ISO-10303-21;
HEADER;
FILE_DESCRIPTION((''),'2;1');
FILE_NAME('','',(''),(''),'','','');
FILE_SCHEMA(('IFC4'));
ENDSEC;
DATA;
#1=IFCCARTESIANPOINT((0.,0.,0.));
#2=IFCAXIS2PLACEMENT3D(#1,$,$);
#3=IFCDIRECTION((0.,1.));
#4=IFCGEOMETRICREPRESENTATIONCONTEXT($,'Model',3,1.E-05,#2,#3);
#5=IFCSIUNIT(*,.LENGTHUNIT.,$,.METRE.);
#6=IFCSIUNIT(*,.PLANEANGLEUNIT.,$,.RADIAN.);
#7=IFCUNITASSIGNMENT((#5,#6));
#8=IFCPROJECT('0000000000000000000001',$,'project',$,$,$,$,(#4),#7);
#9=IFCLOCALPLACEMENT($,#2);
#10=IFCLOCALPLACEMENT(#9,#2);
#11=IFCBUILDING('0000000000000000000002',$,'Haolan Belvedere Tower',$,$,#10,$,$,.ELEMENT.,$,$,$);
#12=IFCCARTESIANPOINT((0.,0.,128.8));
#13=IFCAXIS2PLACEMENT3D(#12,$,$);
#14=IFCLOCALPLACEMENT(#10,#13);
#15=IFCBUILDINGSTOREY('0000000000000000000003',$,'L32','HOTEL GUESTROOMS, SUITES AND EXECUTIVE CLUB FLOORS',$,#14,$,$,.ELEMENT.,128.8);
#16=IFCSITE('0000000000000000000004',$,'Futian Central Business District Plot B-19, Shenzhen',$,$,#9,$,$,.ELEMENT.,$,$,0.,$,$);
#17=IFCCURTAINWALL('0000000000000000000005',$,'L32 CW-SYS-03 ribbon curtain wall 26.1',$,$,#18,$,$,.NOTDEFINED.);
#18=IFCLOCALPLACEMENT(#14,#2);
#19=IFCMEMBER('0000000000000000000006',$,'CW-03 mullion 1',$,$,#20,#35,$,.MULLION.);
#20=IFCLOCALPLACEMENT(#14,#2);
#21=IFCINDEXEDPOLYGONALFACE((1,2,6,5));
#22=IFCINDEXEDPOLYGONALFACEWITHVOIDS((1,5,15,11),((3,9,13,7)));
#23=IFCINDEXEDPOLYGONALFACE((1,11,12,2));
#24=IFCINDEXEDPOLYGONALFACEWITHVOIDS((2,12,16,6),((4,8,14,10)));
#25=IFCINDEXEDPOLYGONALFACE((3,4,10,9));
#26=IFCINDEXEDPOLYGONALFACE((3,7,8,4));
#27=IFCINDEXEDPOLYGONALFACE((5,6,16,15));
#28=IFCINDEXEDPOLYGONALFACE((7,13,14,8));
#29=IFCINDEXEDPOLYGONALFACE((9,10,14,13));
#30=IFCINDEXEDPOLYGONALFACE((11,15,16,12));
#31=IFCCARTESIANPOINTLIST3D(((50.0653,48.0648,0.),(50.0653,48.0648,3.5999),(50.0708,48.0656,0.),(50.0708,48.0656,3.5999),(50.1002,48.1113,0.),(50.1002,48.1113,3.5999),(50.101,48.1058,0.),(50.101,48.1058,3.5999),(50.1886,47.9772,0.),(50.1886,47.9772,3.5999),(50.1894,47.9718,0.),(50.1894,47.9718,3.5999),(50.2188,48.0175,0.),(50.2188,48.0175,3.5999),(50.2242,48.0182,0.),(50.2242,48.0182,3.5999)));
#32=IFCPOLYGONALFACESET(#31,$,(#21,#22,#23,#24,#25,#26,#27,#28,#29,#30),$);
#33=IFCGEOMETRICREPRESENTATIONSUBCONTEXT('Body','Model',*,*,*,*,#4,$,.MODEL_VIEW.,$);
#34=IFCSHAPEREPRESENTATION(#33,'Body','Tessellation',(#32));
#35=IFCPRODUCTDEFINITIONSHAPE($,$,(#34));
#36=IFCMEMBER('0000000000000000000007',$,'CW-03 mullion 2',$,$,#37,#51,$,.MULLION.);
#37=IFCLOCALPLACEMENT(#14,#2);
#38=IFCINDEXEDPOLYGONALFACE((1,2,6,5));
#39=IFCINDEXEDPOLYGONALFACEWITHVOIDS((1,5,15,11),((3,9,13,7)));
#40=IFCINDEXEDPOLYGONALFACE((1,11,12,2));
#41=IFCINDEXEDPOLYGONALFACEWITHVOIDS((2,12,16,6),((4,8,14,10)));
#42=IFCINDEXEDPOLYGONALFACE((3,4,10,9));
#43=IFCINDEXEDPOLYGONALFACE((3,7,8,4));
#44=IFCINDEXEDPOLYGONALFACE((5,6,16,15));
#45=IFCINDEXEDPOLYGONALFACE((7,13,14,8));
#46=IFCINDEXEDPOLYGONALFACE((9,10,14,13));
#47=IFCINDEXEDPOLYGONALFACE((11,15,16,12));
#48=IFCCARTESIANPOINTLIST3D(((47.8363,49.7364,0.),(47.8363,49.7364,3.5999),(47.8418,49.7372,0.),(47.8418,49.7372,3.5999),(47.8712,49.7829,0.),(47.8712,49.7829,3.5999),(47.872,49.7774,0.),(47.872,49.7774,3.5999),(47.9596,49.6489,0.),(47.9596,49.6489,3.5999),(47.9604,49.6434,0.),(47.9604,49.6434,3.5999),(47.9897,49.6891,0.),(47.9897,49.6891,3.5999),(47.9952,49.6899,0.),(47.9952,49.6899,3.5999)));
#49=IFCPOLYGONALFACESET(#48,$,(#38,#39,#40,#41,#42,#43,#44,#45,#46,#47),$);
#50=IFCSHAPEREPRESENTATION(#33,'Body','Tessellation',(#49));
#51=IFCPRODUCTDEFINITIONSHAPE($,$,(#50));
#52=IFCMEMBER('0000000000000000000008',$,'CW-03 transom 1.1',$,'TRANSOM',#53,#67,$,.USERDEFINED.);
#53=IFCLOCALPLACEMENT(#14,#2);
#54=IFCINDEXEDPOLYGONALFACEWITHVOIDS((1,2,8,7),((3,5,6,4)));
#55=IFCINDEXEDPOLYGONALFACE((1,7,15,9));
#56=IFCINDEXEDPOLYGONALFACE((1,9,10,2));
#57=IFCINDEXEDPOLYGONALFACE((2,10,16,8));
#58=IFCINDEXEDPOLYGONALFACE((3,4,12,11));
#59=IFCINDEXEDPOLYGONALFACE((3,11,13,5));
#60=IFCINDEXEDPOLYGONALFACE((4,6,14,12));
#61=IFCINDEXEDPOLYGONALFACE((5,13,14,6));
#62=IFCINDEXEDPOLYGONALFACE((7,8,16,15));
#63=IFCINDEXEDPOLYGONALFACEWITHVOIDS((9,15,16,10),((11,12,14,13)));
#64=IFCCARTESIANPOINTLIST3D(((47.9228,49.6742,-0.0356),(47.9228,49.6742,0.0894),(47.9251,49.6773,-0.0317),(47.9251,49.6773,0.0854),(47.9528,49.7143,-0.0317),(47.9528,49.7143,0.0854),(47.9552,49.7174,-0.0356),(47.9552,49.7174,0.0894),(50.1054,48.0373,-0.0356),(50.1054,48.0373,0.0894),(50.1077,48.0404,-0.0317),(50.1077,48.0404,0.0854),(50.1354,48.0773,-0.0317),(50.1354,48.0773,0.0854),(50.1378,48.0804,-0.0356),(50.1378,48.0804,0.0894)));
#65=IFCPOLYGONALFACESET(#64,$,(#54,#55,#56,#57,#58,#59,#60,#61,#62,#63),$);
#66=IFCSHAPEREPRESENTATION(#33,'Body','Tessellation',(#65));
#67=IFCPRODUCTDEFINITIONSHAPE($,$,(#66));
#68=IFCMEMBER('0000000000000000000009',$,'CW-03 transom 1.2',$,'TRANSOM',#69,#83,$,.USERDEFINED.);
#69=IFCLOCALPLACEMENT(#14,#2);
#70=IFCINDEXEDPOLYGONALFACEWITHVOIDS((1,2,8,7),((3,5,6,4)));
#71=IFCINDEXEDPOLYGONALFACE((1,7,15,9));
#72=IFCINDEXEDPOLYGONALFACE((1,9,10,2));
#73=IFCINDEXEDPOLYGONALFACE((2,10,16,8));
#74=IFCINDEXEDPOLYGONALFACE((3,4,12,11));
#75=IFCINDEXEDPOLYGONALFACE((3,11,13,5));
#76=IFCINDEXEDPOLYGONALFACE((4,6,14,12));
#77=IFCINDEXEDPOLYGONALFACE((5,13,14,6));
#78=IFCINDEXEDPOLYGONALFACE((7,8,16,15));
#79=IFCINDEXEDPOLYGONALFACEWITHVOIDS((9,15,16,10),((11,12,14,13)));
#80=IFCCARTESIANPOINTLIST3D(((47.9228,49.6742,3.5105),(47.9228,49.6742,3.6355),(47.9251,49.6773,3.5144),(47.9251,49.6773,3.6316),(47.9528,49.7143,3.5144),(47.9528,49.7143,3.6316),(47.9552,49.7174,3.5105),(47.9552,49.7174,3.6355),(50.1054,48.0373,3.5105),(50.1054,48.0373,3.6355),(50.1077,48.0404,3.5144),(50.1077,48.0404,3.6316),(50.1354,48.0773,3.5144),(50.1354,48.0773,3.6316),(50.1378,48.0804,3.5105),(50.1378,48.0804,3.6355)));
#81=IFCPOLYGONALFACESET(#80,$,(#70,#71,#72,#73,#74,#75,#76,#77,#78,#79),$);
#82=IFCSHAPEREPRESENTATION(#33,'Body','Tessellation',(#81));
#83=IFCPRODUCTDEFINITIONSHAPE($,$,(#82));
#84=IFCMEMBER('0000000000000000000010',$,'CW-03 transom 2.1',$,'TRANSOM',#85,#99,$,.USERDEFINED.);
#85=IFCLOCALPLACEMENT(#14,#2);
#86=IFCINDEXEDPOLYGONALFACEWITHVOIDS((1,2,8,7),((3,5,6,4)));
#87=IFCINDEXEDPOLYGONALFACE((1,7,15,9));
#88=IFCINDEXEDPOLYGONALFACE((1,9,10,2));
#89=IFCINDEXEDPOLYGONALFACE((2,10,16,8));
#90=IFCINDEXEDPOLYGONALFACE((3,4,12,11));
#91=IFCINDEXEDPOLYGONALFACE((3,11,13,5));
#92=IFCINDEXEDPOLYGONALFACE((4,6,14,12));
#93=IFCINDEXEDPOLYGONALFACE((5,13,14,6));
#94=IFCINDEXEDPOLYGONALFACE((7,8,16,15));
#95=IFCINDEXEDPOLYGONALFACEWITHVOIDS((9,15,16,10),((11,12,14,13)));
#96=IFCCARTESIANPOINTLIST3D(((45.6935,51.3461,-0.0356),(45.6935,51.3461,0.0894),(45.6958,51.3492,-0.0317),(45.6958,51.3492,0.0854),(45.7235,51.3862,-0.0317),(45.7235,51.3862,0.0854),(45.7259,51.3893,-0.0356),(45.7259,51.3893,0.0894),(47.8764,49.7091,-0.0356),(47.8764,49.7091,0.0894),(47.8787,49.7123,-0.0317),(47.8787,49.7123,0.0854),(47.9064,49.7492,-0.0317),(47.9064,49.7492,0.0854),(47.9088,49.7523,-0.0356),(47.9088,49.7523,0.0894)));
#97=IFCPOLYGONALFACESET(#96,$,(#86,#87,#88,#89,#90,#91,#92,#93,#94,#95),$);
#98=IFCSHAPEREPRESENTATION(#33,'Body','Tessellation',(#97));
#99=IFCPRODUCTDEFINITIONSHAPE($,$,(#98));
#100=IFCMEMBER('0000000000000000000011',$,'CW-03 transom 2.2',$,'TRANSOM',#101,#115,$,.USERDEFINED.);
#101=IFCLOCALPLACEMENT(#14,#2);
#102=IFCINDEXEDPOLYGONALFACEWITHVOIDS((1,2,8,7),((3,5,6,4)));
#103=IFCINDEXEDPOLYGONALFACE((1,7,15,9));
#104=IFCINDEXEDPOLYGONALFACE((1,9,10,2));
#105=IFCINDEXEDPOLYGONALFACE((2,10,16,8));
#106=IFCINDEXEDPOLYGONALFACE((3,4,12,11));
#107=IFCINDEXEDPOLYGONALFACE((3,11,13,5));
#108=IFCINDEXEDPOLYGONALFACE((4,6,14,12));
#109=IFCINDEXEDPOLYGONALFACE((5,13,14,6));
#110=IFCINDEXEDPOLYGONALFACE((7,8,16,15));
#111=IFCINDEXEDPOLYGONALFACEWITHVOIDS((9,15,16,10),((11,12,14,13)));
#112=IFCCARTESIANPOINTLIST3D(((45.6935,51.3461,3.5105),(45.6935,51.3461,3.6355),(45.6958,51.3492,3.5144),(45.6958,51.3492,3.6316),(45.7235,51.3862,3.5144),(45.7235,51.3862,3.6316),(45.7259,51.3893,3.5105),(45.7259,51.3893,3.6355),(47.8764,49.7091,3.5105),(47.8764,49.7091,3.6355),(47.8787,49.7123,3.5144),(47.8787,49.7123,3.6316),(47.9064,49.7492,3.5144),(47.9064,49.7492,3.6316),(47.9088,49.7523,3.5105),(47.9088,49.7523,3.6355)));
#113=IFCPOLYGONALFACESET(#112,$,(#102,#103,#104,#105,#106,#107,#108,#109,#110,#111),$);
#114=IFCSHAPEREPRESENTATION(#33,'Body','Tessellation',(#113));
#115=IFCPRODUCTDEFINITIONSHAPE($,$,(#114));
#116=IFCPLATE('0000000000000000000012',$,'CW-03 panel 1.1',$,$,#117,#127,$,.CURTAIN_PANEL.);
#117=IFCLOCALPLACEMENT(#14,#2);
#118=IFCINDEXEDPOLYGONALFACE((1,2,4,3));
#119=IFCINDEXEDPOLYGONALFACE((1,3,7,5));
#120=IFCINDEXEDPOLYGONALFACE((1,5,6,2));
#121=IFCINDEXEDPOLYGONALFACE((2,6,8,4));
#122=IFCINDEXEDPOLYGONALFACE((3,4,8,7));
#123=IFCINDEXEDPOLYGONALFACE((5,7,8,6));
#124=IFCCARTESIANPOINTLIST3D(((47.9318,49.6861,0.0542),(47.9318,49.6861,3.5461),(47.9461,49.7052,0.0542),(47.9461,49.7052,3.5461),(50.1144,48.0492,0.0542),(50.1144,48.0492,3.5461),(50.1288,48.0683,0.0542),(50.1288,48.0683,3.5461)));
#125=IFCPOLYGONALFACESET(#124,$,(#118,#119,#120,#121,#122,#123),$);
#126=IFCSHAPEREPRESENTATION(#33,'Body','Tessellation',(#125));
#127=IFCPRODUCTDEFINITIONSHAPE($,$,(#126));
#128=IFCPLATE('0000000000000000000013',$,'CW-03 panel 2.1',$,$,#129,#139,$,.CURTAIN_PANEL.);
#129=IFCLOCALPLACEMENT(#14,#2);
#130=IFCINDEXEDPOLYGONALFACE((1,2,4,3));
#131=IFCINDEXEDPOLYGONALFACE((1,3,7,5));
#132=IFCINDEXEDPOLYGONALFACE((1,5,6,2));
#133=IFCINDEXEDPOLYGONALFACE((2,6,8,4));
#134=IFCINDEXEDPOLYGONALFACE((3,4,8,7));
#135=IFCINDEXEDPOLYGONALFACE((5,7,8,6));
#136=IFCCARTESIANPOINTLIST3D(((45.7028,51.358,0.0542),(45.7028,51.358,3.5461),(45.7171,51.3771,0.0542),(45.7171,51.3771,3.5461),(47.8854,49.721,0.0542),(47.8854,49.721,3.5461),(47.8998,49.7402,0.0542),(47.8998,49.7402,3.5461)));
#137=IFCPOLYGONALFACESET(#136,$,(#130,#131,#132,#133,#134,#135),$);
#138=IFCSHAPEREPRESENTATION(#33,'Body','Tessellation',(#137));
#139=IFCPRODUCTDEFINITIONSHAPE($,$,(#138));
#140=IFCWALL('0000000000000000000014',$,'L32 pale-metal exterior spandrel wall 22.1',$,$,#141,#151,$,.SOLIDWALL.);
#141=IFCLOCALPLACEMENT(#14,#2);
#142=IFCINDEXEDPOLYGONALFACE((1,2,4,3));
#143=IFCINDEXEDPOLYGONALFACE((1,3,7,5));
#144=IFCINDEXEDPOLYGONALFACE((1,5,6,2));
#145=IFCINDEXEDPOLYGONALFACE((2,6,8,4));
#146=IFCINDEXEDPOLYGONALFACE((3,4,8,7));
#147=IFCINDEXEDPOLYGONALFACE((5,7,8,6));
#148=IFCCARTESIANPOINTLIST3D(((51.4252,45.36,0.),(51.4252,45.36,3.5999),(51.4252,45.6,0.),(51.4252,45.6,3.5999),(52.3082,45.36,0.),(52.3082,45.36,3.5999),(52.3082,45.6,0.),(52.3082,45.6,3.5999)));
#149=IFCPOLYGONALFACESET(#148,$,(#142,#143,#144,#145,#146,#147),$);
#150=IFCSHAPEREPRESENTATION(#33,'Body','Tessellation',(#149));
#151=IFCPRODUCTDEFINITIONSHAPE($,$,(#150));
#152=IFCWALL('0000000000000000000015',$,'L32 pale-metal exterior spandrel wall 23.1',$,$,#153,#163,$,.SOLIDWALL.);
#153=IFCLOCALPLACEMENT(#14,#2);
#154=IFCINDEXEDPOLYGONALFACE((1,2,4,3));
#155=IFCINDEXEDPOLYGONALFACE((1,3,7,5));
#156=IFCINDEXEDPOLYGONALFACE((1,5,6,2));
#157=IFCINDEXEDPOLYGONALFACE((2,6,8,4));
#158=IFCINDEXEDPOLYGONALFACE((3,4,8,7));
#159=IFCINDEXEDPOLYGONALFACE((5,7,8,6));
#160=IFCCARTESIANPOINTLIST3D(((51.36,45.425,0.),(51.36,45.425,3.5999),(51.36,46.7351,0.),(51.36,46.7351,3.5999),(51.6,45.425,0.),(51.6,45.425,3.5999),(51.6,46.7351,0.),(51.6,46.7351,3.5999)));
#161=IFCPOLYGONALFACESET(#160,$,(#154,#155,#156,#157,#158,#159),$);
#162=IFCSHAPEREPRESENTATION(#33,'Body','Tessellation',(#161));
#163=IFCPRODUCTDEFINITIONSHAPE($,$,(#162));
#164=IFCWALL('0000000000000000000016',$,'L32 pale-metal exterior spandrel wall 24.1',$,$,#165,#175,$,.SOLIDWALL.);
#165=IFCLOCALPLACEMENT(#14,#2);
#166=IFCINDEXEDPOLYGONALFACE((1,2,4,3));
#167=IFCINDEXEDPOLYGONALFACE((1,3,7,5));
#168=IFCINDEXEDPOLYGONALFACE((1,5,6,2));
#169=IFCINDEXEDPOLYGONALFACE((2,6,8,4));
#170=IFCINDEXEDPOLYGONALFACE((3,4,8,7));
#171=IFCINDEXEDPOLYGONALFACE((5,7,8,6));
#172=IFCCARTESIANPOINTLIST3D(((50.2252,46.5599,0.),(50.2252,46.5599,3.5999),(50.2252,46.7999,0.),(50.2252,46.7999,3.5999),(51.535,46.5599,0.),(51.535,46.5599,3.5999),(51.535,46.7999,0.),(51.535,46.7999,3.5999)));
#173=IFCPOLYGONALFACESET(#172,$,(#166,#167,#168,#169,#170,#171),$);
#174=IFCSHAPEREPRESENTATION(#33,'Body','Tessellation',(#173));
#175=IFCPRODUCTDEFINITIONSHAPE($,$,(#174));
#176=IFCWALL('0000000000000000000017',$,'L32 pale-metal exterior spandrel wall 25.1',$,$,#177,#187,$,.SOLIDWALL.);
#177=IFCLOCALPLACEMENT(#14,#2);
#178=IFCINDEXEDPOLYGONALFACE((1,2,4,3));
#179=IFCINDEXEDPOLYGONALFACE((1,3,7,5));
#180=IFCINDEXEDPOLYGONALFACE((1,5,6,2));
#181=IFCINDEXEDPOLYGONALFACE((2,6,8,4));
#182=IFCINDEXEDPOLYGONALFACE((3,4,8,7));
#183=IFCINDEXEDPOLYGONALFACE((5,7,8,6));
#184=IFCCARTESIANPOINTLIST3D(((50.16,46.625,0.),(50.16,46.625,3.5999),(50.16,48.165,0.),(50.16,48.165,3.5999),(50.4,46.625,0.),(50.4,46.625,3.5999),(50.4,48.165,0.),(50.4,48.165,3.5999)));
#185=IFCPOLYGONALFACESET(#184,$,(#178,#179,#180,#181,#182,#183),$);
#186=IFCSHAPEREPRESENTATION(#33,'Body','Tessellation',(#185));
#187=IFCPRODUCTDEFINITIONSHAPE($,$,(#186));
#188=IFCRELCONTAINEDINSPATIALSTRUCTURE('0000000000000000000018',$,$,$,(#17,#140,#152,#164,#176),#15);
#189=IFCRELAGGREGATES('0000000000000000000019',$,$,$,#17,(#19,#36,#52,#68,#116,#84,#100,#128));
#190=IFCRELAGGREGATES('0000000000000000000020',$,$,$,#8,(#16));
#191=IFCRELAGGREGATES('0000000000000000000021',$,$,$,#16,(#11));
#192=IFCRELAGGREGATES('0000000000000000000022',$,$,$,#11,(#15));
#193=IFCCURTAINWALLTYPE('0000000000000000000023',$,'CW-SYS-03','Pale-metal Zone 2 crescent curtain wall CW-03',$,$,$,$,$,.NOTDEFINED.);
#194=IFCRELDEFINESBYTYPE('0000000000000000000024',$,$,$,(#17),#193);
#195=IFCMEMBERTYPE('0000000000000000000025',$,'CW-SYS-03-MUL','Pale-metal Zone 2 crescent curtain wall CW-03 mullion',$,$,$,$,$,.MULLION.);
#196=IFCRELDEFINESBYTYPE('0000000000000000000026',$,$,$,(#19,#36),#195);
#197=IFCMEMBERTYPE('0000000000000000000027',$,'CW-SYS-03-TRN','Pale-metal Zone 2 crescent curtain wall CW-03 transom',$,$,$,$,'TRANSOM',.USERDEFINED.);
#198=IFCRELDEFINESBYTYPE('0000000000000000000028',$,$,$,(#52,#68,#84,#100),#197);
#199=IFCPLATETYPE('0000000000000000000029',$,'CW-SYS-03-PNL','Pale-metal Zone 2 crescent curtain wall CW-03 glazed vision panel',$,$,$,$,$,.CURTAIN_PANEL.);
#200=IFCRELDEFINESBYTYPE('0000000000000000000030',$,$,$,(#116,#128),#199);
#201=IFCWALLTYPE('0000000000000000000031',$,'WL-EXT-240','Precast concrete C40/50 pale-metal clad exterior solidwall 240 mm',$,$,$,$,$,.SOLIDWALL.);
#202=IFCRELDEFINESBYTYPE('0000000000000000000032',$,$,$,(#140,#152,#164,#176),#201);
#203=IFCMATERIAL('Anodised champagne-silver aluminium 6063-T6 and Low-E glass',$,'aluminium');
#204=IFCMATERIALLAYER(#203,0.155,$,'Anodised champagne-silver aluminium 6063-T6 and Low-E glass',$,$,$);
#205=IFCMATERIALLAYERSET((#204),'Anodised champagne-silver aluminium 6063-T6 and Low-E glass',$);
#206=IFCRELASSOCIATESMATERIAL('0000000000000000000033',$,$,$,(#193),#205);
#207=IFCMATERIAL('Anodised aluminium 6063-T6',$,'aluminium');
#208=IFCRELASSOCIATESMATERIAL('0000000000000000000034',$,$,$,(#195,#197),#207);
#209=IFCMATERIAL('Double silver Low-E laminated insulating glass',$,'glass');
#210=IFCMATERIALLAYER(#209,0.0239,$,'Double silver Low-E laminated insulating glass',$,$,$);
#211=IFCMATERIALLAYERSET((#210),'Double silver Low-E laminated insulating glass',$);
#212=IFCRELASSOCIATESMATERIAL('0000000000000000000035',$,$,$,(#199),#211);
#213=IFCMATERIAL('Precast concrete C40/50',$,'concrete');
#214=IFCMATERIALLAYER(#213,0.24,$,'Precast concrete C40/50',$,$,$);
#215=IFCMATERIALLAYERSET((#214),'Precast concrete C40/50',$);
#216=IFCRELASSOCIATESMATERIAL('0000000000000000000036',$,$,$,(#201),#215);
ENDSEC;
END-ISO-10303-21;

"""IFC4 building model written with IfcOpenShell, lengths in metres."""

from ifc_helpers import new_model, si_unit, direction, frame, frame_2d, origin, origin_2d, place, context, subcontext, project, spatial, rectangle, hollow_rectangle, extrude, material, layer, layer_set, material_profile, profile_set, type_object, element, aggregate, save


model = new_model("IFC4")

# Units and contexts
model_context = context("Model", 3, precision=1e-05, world=origin(), true_north=direction((0.0, 1.0)))
body_context = subcontext(model_context, "Body", "Model", "MODEL_VIEW")
ifc_project = project(units=[si_unit("LENGTHUNIT", "METRE"), si_unit("PLANEANGLEUNIT", "RADIAN")], contexts=[model_context])

# Site, building, storey
site_placement = place(None, origin())
site = spatial("IfcSite", under=ifc_project, at=site_placement, Name="Futian Central Business District Plot B-19, Shenzhen", CompositionType="ELEMENT", RefElevation=0.0)
building_placement = place(site_placement, origin())
building = spatial("IfcBuilding", under=site, at=building_placement, Name="Haolan Belvedere Tower", CompositionType="ELEMENT")
storey_placement = place(building_placement, frame((0.0, 0.0, 128.8)))
storey = spatial("IfcBuildingStorey", under=building, at=storey_placement, Name="L32", Description="HOTEL GUESTROOMS, SUITES AND EXECUTIVE CLUB FLOORS", CompositionType="ELEMENT", Elevation=128.8)

# Curtain wall, members, plates
ifc_material_1 = material(Name="Anodised champagne-silver aluminium 6063-T6 and Low-E glass", Category="aluminium")
ifc_layer_1 = layer(ifc_material_1, 0.155, Name="Anodised champagne-silver aluminium 6063-T6 and Low-E glass")
ifc_layer_set_1 = layer_set([ifc_layer_1], Name="Anodised champagne-silver aluminium 6063-T6 and Low-E glass")
curtain_wall_type = type_object("IfcCurtainWallType", Name="CW-SYS-03", Description="Pale-metal Zone 2 crescent curtain wall CW-03", PredefinedType="NOTDEFINED", material=ifc_layer_set_1)
curtain_wall_placement = place(storey_placement, origin())
curtain_wall = element("IfcCurtainWall", 1, at=curtain_wall_placement, inside=storey, type_object=curtain_wall_type, Name="L32 CW-SYS-03 ribbon curtain wall 26.1", PredefinedType="NOTDEFINED")
ifc_material_2 = material(Name="Anodised aluminium 6063-T6", Category="aluminium")
ifc_material_profile_1 = material_profile(ifc_material_2, hollow_rectangle(XDim=0.0581, YDim=0.155, WallThickness=0.0039, at=origin_2d()), Name="Anodised aluminium 6063-T6")
ifc_profile_set_1 = profile_set([ifc_material_profile_1], Name="Anodised aluminium 6063-T6")
member_type_1 = type_object("IfcMemberType", Name="CW-SYS-03-MUL", Description="Pale-metal Zone 2 crescent curtain wall CW-03 mullion", PredefinedType="MULLION", material=ifc_profile_set_1)
member_1_placement = place(storey_placement, frame((50.1448, 48.0415, 0.0), z_axis=(0.0, 0.0, 1.0), x_axis=(-0.599994, -0.800004, 0.0)))
member_1 = element("IfcMember", 2, at=member_1_placement, type_object=member_type_1, Name="CW-03 mullion 1", PredefinedType="MULLION", context=body_context, shape_type="SweptSolid", body=[
    extrude(hollow_rectangle(XDim=0.0581, YDim=0.155, WallThickness=0.0039, at=origin_2d()), origin(), (0.0, 0.0, 1.0), 3.5999),
])
member_2_placement = place(storey_placement, frame((47.9158, 49.7131, 0.0), z_axis=(0.0, 0.0, 1.0), x_axis=(-0.599994, -0.800004, 0.0)))
member_2 = element("IfcMember", 3, at=member_2_placement, type_object=member_type_1, Name="CW-03 mullion 2", PredefinedType="MULLION", context=body_context, shape_type="SweptSolid", body=[
    extrude(hollow_rectangle(XDim=0.0581, YDim=0.155, WallThickness=0.0039, at=origin_2d()), origin(), (0.0, 0.0, 1.0), 3.5999),
])
ifc_material_profile_2 = material_profile(ifc_material_2, hollow_rectangle(XDim=0.054, YDim=0.125, WallThickness=0.0039, at=origin_2d()), Name="Anodised aluminium 6063-T6")
ifc_profile_set_2 = profile_set([ifc_material_profile_2], Name="Anodised aluminium 6063-T6")
member_type_2 = type_object("IfcMemberType", Name="CW-SYS-03-TRN", Description="Pale-metal Zone 2 crescent curtain wall CW-03 transom", ElementType="TRANSOM", PredefinedType="USERDEFINED", material=ifc_profile_set_2)
member_3_placement = place(storey_placement, frame((50.1216, 48.0588, 0.0269), z_axis=(-0.8, 0.6, 0.0), x_axis=(-0.6, -0.8, 0.0)))
member_3 = element("IfcMember", 4, at=member_3_placement, type_object=member_type_2, Name="CW-03 transom 1.1", ObjectType="TRANSOM", PredefinedType="USERDEFINED", context=body_context, shape_type="SweptSolid", body=[
    extrude(hollow_rectangle(XDim=0.054, YDim=0.125, WallThickness=0.0039, at=origin_2d()), origin(), (0.0, 0.0, 1.0), 2.7283),
])
member_4_placement = place(storey_placement, frame((50.1216, 48.0588, 3.573), z_axis=(-0.8, 0.6, 0.0), x_axis=(-0.6, -0.8, 0.0)))
member_4 = element("IfcMember", 5, at=member_4_placement, type_object=member_type_2, Name="CW-03 transom 1.2", ObjectType="TRANSOM", PredefinedType="USERDEFINED", context=body_context, shape_type="SweptSolid", body=[
    extrude(hollow_rectangle(XDim=0.054, YDim=0.125, WallThickness=0.0039, at=origin_2d()), origin(), (0.0, 0.0, 1.0), 2.7283),
])
member_5_placement = place(storey_placement, frame((47.8926, 49.7307, 0.0269), z_axis=(-0.800032, 0.599957, 0.0), x_axis=(-0.599957, -0.800032, 0.0)))
member_5 = element("IfcMember", 6, at=member_5_placement, type_object=member_type_2, Name="CW-03 transom 2.1", ObjectType="TRANSOM", PredefinedType="USERDEFINED", context=body_context, shape_type="SweptSolid", body=[
    extrude(hollow_rectangle(XDim=0.054, YDim=0.125, WallThickness=0.0039, at=origin_2d()), origin(), (0.0, 0.0, 1.0), 2.7285),
])
member_6_placement = place(storey_placement, frame((47.8926, 49.7307, 3.573), z_axis=(-0.800032, 0.599957, 0.0), x_axis=(-0.599957, -0.800032, 0.0)))
member_6 = element("IfcMember", 7, at=member_6_placement, type_object=member_type_2, Name="CW-03 transom 2.2", ObjectType="TRANSOM", PredefinedType="USERDEFINED", context=body_context, shape_type="SweptSolid", body=[
    extrude(hollow_rectangle(XDim=0.054, YDim=0.125, WallThickness=0.0039, at=origin_2d()), origin(), (0.0, 0.0, 1.0), 2.7285),
])
ifc_material_3 = material(Name="Double silver Low-E laminated insulating glass", Category="glass")
ifc_layer_2 = layer(ifc_material_3, 0.0239, Name="Double silver Low-E laminated insulating glass")
ifc_layer_set_2 = layer_set([ifc_layer_2], Name="Double silver Low-E laminated insulating glass")
plate_type = type_object("IfcPlateType", Name="CW-SYS-03-PNL", Description="Pale-metal Zone 2 crescent curtain wall CW-03 glazed vision panel", PredefinedType="CURTAIN_PANEL", material=ifc_layer_set_2)
plate_1_placement = place(storey_placement, frame((49.0303, 48.8772, 0.0542), z_axis=(0.0, 0.0, 1.0), x_axis=(-0.800004, 0.599994, 0.0)))
plate_1 = element("IfcPlate", 8, at=plate_1_placement, type_object=plate_type, Name="CW-03 panel 1.1", PredefinedType="CURTAIN_PANEL", context=body_context, shape_type="SweptSolid", body=[
    extrude(rectangle(XDim=2.7283, YDim=0.0239, at=origin_2d()), origin(), (0.0, 0.0, 1.0), 3.4919),
])
plate_2_placement = place(storey_placement, frame((46.8013, 50.5491, 0.0542), z_axis=(0.0, 0.0, 1.0), x_axis=(-0.800004, 0.599994, 0.0)))
plate_2 = element("IfcPlate", 9, at=plate_2_placement, type_object=plate_type, Name="CW-03 panel 2.1", PredefinedType="CURTAIN_PANEL", context=body_context, shape_type="SweptSolid", body=[
    extrude(rectangle(XDim=2.7283, YDim=0.0239, at=origin_2d()), origin(), (0.0, 0.0, 1.0), 3.4919),
])
aggregate(curtain_wall, [member_1, member_2, member_3, member_4, plate_1, member_5, member_6, plate_2])

# Walls
ifc_material_4 = material(Name="Precast concrete C40/50", Category="concrete")
ifc_layer_3 = layer(ifc_material_4, 0.24, Name="Precast concrete C40/50")
ifc_layer_set_3 = layer_set([ifc_layer_3], Name="Precast concrete C40/50")
wall_type_1 = type_object("IfcWallType", Name="WL-EXT-240", Description="Precast concrete C40/50 pale-metal clad exterior solidwall 240 mm", PredefinedType="SOLIDWALL", material=ifc_layer_set_3)
wall_1_placement = place(storey_placement, frame((52.3081, 45.48, 0.0), z_axis=(0.0, 0.0, 1.0), x_axis=(-1.0, 0.0, 0.0)))
element("IfcWall", 10, at=wall_1_placement, inside=storey, type_object=wall_type_1, Name="L32 pale-metal exterior spandrel wall 22.1", PredefinedType="SOLIDWALL", context=body_context, shape_type="SweptSolid", body=[
    extrude(rectangle(XDim=0.8831, YDim=0.24, at=frame_2d((0.4414, 0.0))), origin(), (0.0, 0.0, 1.0), 3.5999),
])
wall_2_placement = place(storey_placement, frame((51.48, 45.425, 0.0), z_axis=(0.0, 0.0, 1.0), x_axis=(0.0, 1.0, 0.0)))
element("IfcWall", 11, at=wall_2_placement, inside=storey, type_object=wall_type_1, Name="L32 pale-metal exterior spandrel wall 23.1", PredefinedType="SOLIDWALL", context=body_context, shape_type="SweptSolid", body=[
    extrude(rectangle(XDim=1.3101, YDim=0.24, at=frame_2d((0.655, 0.0))), origin(), (0.0, 0.0, 1.0), 3.5999),
])
wall_3_placement = place(storey_placement, frame((51.5349, 46.6799, 0.0), z_axis=(0.0, 0.0, 1.0), x_axis=(-1.0, 0.0, 0.0)))
element("IfcWall", 12, at=wall_3_placement, inside=storey, type_object=wall_type_1, Name="L32 pale-metal exterior spandrel wall 24.1", PredefinedType="SOLIDWALL", context=body_context, shape_type="SweptSolid", body=[
    extrude(rectangle(XDim=1.3098, YDim=0.24, at=frame_2d((0.6548, 0.0))), origin(), (0.0, 0.0, 1.0), 3.5999),
])
wall_4_placement = place(storey_placement, frame((50.28, 46.625, 0.0), z_axis=(0.0, 0.0, 1.0), x_axis=(0.0, 1.0, 0.0)))
element("IfcWall", 13, at=wall_4_placement, inside=storey, type_object=wall_type_1, Name="L32 pale-metal exterior spandrel wall 25.1", PredefinedType="SOLIDWALL", context=body_context, shape_type="SweptSolid", body=[
    extrude(rectangle(XDim=1.54, YDim=0.24, at=frame_2d((0.77, 0.0))), origin(), (0.0, 0.0, 1.0), 3.5999),
])

save(model, "model.ifc")
